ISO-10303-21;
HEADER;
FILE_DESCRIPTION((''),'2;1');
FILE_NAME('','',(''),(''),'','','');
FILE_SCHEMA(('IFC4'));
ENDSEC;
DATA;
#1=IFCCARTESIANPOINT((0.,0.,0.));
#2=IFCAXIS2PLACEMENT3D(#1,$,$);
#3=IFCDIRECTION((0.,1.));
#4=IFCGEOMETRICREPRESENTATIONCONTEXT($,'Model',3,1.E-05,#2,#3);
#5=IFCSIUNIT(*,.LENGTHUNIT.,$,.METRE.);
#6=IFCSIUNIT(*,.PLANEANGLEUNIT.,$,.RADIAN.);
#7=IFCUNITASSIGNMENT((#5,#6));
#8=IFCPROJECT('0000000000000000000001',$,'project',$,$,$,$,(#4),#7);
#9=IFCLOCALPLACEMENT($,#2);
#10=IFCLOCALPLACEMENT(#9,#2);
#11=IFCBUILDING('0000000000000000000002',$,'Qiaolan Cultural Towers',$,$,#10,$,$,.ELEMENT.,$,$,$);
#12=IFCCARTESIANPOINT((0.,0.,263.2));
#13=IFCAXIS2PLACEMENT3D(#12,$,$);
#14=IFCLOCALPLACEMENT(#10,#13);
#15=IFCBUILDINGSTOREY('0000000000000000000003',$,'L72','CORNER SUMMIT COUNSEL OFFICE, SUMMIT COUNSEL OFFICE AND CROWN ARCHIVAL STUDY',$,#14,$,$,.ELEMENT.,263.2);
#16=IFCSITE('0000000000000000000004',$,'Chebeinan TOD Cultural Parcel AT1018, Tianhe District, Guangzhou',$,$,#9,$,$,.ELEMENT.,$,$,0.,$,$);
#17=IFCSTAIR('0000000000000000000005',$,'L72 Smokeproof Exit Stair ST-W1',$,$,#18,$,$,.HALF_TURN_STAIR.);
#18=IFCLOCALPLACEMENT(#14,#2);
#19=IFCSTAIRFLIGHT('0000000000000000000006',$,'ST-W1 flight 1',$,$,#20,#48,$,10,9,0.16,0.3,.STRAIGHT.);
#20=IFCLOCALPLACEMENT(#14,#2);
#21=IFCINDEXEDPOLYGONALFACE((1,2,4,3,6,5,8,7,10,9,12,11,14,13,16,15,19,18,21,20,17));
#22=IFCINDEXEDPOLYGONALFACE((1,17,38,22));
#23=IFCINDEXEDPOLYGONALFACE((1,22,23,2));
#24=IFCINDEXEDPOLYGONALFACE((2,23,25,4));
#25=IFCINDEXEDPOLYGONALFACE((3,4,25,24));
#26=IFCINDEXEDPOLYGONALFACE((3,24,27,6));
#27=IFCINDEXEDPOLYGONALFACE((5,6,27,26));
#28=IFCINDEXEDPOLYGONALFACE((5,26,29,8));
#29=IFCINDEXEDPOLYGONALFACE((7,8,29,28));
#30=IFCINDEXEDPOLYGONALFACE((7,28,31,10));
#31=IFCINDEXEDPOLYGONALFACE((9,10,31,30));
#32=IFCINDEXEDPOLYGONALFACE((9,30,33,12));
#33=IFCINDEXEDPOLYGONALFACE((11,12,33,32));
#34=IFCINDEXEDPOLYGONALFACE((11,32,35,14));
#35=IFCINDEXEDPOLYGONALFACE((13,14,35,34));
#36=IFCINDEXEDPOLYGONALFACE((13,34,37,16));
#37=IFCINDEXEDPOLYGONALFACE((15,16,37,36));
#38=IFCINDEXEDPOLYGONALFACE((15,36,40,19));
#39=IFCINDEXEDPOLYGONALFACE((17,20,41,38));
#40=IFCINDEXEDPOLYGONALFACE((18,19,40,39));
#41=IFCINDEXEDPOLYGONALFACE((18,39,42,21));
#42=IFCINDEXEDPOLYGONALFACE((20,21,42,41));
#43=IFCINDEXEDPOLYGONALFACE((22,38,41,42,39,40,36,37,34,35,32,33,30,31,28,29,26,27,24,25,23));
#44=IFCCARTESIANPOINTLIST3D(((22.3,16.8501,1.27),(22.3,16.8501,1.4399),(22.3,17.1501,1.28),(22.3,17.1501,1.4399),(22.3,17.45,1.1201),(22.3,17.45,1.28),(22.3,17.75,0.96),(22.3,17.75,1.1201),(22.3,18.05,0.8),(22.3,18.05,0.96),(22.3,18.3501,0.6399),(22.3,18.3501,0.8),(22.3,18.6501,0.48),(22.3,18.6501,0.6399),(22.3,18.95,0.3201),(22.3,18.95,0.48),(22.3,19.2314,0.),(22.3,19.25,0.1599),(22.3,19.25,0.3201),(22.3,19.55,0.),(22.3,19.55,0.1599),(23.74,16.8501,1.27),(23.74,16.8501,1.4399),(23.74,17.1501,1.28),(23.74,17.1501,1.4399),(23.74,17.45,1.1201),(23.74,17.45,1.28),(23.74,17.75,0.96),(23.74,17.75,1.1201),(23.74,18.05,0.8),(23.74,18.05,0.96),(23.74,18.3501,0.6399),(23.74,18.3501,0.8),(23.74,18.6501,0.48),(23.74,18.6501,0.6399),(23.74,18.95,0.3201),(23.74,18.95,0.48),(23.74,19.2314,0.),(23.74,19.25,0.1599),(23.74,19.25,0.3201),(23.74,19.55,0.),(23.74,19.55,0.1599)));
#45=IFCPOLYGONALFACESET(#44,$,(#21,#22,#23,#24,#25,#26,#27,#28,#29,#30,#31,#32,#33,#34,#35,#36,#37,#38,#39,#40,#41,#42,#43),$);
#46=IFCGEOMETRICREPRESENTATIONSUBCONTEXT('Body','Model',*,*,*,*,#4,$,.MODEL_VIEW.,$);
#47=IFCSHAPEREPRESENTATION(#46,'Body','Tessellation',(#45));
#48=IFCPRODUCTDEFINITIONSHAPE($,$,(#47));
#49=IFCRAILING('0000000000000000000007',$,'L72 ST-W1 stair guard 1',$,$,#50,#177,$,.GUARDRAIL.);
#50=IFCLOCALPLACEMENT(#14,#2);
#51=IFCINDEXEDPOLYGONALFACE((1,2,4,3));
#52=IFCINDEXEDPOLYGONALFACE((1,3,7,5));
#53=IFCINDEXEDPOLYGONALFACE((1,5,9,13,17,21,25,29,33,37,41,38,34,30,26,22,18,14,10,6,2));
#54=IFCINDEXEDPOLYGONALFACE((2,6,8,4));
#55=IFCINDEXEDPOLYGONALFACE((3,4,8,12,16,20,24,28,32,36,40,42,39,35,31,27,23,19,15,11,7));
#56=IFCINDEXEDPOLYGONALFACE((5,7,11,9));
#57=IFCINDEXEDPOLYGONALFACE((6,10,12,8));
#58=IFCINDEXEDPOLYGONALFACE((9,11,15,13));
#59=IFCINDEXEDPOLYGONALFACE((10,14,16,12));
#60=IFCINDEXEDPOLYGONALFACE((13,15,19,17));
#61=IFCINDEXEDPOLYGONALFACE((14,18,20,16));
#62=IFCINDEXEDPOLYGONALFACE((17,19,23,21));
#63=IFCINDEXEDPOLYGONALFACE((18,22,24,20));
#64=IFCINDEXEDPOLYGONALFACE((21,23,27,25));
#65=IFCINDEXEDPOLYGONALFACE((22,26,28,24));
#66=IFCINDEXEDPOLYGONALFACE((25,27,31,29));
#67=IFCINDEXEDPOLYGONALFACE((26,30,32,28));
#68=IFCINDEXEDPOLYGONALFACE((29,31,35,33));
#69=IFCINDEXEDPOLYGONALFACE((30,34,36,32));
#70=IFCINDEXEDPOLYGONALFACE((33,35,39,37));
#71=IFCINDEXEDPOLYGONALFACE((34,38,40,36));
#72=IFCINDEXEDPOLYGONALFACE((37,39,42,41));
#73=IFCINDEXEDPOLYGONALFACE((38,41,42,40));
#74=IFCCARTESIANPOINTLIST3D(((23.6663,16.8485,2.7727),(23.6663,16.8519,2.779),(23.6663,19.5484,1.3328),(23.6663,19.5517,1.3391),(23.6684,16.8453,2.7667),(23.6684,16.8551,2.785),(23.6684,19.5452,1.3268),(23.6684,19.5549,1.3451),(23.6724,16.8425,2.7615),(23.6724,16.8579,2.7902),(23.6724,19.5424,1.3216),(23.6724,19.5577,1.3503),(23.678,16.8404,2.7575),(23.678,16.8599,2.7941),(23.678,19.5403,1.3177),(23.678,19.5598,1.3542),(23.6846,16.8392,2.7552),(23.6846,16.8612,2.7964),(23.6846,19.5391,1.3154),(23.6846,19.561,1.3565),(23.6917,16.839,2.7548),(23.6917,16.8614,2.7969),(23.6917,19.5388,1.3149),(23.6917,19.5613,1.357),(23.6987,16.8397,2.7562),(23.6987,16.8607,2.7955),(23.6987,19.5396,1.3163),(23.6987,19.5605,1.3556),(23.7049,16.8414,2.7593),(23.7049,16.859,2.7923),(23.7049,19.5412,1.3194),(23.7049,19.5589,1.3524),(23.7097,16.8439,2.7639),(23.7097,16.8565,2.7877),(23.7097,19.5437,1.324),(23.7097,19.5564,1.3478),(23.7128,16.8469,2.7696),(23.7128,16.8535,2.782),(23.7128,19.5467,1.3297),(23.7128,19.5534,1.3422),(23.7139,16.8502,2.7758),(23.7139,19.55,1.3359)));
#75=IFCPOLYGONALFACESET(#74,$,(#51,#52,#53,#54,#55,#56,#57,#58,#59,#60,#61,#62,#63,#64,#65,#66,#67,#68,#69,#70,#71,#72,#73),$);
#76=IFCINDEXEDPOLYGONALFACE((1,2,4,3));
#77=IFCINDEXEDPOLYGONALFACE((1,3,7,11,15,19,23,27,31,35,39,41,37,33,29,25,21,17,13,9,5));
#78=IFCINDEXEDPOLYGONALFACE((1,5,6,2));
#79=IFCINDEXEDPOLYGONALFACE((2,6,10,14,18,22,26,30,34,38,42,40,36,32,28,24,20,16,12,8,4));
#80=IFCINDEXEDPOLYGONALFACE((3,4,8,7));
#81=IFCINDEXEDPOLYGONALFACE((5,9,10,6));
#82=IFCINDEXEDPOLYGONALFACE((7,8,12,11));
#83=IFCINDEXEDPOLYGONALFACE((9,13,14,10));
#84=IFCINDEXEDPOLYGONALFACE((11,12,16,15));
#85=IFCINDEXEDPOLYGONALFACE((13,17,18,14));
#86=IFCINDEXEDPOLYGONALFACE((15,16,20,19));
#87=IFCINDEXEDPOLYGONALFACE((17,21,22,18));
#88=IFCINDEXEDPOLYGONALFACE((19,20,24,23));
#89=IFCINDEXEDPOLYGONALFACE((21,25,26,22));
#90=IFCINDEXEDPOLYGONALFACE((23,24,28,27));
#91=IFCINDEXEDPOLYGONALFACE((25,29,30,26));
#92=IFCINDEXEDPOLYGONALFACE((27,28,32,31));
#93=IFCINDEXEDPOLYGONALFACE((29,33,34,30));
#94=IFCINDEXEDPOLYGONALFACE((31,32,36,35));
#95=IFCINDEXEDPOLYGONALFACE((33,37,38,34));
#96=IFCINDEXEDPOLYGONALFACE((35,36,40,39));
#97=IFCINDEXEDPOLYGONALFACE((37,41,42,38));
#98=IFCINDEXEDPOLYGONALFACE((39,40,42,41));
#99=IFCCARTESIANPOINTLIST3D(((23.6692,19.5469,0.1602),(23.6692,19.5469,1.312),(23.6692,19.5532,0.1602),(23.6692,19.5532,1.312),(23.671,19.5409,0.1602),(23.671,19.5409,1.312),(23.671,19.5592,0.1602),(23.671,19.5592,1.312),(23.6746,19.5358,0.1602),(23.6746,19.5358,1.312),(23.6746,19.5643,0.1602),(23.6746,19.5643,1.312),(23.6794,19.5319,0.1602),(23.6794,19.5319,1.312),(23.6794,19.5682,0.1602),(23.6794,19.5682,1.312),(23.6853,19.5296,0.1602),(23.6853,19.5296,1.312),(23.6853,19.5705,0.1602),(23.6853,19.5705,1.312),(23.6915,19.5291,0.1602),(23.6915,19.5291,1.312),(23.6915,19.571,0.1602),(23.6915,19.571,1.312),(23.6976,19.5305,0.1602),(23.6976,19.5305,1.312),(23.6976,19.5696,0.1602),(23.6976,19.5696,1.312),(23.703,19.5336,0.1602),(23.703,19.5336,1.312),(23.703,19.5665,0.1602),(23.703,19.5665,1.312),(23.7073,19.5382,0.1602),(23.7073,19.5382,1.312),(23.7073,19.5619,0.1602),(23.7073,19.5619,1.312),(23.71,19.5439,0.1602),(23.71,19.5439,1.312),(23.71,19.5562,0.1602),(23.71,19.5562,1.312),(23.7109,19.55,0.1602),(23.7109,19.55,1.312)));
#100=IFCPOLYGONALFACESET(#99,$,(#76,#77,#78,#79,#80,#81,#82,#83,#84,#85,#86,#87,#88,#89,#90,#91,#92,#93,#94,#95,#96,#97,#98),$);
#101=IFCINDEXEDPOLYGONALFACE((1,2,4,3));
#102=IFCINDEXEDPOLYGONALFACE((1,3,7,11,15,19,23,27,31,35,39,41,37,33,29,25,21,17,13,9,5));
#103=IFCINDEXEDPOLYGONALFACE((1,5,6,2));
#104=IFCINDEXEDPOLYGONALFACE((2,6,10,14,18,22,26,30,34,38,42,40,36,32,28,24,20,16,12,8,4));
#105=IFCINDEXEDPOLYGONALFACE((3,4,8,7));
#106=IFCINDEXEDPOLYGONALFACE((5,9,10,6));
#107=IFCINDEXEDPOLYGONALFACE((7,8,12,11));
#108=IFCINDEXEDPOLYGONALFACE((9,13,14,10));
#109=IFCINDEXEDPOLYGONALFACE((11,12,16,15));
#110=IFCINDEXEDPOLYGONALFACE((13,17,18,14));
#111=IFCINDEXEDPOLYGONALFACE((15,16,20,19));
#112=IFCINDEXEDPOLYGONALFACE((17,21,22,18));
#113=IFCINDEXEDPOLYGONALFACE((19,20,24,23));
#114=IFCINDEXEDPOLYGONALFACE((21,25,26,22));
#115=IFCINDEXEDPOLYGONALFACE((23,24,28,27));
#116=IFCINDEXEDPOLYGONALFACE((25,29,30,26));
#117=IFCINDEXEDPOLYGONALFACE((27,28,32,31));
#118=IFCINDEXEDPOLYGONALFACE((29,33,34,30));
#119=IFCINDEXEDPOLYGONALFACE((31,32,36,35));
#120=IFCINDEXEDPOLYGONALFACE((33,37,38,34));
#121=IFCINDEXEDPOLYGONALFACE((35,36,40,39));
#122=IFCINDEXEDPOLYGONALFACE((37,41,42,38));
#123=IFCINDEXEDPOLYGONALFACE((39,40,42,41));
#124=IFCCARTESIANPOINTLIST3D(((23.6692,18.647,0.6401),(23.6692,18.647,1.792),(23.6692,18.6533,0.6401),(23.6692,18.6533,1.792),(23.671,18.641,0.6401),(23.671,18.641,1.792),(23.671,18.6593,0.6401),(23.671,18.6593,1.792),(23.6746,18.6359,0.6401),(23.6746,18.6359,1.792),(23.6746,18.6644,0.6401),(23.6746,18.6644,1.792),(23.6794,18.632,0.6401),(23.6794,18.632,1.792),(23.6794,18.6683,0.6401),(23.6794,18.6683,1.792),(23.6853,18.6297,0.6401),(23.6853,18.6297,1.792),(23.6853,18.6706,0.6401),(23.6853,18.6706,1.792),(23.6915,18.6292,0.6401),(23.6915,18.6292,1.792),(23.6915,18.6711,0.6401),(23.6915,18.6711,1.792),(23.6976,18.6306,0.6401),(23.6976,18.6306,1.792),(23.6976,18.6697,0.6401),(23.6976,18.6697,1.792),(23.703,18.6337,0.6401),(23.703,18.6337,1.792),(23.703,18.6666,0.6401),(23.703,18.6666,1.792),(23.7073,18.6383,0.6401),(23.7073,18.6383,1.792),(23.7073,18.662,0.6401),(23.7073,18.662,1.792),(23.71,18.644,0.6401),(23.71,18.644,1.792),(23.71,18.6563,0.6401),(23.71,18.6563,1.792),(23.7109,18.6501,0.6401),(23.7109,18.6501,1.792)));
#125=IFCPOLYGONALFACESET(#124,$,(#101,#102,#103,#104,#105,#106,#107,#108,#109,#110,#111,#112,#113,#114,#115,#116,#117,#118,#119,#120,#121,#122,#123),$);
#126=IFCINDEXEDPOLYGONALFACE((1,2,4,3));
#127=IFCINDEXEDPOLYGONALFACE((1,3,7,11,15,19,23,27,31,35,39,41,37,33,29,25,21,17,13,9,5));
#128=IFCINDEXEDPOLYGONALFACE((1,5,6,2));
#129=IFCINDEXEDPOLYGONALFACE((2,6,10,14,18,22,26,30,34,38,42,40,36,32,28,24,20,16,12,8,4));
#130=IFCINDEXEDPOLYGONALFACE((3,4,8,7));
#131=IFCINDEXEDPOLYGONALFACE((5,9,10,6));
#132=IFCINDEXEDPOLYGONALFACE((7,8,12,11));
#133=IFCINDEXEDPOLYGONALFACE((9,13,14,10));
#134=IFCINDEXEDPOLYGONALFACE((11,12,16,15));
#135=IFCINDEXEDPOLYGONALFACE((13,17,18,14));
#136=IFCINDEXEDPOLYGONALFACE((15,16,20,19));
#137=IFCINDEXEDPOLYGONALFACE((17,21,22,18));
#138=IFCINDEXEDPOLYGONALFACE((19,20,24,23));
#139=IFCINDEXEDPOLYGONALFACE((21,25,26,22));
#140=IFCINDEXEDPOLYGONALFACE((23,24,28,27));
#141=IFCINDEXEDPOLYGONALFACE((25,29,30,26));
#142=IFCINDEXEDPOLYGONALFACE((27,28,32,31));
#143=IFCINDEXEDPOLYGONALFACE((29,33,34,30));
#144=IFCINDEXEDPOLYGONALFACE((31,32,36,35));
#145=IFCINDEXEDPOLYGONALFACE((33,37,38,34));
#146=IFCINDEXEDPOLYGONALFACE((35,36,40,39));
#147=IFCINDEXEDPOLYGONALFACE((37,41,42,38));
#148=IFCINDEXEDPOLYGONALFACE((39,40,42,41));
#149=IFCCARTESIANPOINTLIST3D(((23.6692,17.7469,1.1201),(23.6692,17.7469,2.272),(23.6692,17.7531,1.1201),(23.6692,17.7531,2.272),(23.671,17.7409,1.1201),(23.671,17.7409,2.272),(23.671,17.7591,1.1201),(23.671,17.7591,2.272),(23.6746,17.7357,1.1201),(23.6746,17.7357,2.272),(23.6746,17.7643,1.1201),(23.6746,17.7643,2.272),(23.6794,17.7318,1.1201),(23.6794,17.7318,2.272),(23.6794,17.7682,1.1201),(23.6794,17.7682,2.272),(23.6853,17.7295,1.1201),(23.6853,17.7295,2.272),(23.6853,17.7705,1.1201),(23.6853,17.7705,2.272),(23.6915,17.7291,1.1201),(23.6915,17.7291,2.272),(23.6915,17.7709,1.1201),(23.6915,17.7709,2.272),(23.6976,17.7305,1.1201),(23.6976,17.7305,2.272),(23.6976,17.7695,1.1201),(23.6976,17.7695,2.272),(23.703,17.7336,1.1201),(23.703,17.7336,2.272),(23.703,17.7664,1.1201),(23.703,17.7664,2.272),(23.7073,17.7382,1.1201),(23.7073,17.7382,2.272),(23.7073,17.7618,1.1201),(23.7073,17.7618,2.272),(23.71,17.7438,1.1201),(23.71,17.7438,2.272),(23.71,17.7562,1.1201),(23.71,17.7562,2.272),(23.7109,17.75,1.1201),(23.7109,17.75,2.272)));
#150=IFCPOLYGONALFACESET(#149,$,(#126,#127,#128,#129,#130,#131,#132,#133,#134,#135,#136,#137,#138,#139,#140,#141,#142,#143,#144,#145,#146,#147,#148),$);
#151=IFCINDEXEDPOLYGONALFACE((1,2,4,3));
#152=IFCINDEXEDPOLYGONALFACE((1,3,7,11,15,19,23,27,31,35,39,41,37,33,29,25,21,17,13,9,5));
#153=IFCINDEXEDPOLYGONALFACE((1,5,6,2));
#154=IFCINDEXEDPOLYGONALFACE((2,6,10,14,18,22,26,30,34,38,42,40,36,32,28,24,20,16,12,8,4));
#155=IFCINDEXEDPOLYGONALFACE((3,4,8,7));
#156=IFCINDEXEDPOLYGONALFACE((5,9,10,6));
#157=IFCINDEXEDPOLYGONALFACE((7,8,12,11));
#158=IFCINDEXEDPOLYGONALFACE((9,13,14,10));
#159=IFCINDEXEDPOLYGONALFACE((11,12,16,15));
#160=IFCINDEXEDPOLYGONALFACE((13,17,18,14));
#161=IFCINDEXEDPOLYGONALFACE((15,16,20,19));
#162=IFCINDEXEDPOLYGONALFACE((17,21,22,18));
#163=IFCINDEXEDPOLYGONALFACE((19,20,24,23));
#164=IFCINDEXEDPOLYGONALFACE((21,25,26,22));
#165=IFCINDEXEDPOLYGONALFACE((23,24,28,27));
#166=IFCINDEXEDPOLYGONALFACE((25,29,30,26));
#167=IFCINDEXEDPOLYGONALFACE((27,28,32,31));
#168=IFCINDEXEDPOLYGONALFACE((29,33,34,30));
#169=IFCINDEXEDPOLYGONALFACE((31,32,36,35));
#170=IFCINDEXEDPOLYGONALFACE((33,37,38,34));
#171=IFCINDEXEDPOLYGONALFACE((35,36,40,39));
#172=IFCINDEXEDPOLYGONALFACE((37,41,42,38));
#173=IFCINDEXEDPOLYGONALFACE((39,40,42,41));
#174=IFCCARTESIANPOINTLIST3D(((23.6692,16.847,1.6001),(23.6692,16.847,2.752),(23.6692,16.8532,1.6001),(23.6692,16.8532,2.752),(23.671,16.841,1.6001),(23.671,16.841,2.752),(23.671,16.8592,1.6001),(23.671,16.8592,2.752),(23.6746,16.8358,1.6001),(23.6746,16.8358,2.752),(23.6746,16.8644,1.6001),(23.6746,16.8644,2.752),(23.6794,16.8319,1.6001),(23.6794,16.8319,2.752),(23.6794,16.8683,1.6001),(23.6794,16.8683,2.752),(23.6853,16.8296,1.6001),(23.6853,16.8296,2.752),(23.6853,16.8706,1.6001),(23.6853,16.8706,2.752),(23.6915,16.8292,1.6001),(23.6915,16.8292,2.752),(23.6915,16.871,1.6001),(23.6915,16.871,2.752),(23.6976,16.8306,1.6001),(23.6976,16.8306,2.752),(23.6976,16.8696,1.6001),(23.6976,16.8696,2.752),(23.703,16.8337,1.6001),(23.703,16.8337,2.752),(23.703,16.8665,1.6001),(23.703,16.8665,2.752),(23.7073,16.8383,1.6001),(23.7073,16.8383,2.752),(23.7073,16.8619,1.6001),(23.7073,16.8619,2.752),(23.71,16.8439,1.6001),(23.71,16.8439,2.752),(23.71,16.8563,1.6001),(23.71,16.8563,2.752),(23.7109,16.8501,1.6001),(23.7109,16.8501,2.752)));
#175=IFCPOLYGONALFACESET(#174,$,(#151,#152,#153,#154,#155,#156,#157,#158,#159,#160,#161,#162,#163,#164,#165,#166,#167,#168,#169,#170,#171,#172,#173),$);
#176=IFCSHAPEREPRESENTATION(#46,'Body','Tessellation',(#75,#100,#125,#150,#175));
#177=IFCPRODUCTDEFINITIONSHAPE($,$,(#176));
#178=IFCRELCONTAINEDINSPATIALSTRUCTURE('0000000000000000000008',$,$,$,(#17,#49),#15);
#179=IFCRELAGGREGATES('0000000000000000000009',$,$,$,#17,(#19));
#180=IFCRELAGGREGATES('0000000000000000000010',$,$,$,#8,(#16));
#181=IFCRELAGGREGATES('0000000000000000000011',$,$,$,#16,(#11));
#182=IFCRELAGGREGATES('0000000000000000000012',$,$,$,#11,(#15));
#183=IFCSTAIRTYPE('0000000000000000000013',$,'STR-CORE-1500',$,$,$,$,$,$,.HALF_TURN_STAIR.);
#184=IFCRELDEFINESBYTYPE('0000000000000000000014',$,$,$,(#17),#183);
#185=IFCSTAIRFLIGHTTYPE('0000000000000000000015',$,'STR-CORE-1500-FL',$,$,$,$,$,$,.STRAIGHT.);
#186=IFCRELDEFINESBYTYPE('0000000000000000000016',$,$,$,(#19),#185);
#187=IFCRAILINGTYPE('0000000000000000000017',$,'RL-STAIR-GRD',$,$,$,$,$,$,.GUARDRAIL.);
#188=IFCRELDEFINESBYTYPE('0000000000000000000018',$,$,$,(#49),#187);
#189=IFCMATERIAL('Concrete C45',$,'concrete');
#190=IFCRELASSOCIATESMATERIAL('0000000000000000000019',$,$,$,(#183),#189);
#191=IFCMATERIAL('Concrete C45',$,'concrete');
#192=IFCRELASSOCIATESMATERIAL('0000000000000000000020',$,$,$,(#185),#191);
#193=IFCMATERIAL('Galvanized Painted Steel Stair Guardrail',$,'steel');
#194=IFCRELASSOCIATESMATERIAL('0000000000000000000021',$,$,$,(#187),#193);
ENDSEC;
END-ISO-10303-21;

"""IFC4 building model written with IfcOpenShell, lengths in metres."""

from ifc_helpers import new_model, si_unit, direction, frame, origin, origin_2d, place, context, subcontext, project, spatial, polyline, circle, outline, extrude, material, type_object, element, aggregate, save


model = new_model("IFC4")

# Units and contexts
model_context = context("Model", 3, precision=1e-05, world=origin(), true_north=direction((0.0, 1.0)))
body_context = subcontext(model_context, "Body", "Model", "MODEL_VIEW")
ifc_project = project(units=[si_unit("LENGTHUNIT", "METRE"), si_unit("PLANEANGLEUNIT", "RADIAN")], contexts=[model_context])

# Site, building, storey
site_placement = place(None, origin())
site = spatial("IfcSite", under=ifc_project, at=site_placement, Name="Chebeinan TOD Cultural Parcel AT1018, Tianhe District, Guangzhou", CompositionType="ELEMENT", RefElevation=0.0)
building_placement = place(site_placement, origin())
building = spatial("IfcBuilding", under=site, at=building_placement, Name="Qiaolan Cultural Towers", CompositionType="ELEMENT")
storey_placement = place(building_placement, frame((0.0, 0.0, 263.2)))
storey = spatial("IfcBuildingStorey", under=building, at=storey_placement, Name="L72", Description="CORNER SUMMIT COUNSEL OFFICE, SUMMIT COUNSEL OFFICE AND CROWN ARCHIVAL STUDY", CompositionType="ELEMENT", Elevation=263.2)

# Stair, stair flight
ifc_material_1 = material(Name="Concrete C45", Category="concrete")
stair_type = type_object("IfcStairType", Name="STR-CORE-1500", PredefinedType="HALF_TURN_STAIR", material=ifc_material_1)
stair_placement = place(storey_placement, origin())
stair = element("IfcStair", 1, at=stair_placement, inside=storey, type_object=stair_type, Name="L72 Smokeproof Exit Stair ST-W1", PredefinedType="HALF_TURN_STAIR")
ifc_material_2 = material(Name="Concrete C45", Category="concrete")
stair_flight_type = type_object("IfcStairFlightType", Name="STR-CORE-1500-FL", PredefinedType="STRAIGHT", material=ifc_material_2)
stair_flight_placement = place(storey_placement, frame((23.02, 19.55, 0.0), z_axis=(0.0, 0.0, 1.0), x_axis=(0.0, -1.0, 0.0)))
stair_flight = element("IfcStairFlight", 2, at=stair_flight_placement, type_object=stair_flight_type, Name="ST-W1 flight 1", NumberOfRisers=10, NumberOfTreads=9, PredefinedType="STRAIGHT", RiserHeight=0.16, TreadLength=0.3, context=body_context, shape_type="SweptSolid", body=[
    extrude(outline(polyline([(0.0, 0.0), (0.0, 0.1599), (0.3, 0.1599), (0.3, 0.3201), (0.6001, 0.3201), (0.6001, 0.48), (0.8999, 0.48), (0.8999, 0.6399), (1.2, 0.6399), (1.2, 0.8), (1.5, 0.8), (1.5, 0.96), (1.8, 0.96), (1.8, 1.1201), (2.1001, 1.1201), (2.1001, 1.28), (2.3999, 1.28), (2.3999, 1.4399), (2.7, 1.4399), (2.7, 1.6001), (2.7, 1.27), (0.3186, 0.0), (0.0, 0.0)])), frame((0.0, 0.72, 0.0), z_axis=(0.0, -1.0, 0.0), x_axis=(1.0, 0.0, 0.0)), (0.0, 0.0, 1.0), 1.4399),
])
aggregate(stair, [stair_flight])

# Railing
ifc_material_3 = material(Name="Galvanized Painted Steel Stair Guardrail", Category="steel")
railing_type_1 = type_object("IfcRailingType", Name="RL-STAIR-GRD", PredefinedType="GUARDRAIL", material=ifc_material_3)
railing_1_placement = place(storey_placement, frame((23.6899, 19.55, 0.1602)))
element("IfcRailing", 3, at=railing_1_placement, inside=storey, type_object=railing_type_1, Name="L72 ST-W1 stair guard 1", PredefinedType="GUARDRAIL", context=body_context, shape_type="SweptSolid", body=[
    extrude(circle(Radius=0.0239, at=origin_2d()), frame((0.0, 0.0, 1.1758), z_axis=(0.0, -0.882357, 0.47058), x_axis=(1.0, 0.0, 0.0)), (0.0, 0.0, 1.0), 3.0598),
    extrude(circle(Radius=0.021, at=origin_2d()), origin(), (0.0, 0.0, 1.0), 1.1519),
    extrude(circle(Radius=0.021, at=origin_2d()), frame((0.0, -0.8999, 0.48)), (0.0, 0.0, 1.0), 1.1519),
    extrude(circle(Radius=0.021, at=origin_2d()), frame((0.0, -1.8, 0.96)), (0.0, 0.0, 1.0), 1.1519),
    extrude(circle(Radius=0.021, at=origin_2d()), frame((0.0, -2.7, 1.4399)), (0.0, 0.0, 1.0), 1.1519),
])

save(model, "model.ifc")
